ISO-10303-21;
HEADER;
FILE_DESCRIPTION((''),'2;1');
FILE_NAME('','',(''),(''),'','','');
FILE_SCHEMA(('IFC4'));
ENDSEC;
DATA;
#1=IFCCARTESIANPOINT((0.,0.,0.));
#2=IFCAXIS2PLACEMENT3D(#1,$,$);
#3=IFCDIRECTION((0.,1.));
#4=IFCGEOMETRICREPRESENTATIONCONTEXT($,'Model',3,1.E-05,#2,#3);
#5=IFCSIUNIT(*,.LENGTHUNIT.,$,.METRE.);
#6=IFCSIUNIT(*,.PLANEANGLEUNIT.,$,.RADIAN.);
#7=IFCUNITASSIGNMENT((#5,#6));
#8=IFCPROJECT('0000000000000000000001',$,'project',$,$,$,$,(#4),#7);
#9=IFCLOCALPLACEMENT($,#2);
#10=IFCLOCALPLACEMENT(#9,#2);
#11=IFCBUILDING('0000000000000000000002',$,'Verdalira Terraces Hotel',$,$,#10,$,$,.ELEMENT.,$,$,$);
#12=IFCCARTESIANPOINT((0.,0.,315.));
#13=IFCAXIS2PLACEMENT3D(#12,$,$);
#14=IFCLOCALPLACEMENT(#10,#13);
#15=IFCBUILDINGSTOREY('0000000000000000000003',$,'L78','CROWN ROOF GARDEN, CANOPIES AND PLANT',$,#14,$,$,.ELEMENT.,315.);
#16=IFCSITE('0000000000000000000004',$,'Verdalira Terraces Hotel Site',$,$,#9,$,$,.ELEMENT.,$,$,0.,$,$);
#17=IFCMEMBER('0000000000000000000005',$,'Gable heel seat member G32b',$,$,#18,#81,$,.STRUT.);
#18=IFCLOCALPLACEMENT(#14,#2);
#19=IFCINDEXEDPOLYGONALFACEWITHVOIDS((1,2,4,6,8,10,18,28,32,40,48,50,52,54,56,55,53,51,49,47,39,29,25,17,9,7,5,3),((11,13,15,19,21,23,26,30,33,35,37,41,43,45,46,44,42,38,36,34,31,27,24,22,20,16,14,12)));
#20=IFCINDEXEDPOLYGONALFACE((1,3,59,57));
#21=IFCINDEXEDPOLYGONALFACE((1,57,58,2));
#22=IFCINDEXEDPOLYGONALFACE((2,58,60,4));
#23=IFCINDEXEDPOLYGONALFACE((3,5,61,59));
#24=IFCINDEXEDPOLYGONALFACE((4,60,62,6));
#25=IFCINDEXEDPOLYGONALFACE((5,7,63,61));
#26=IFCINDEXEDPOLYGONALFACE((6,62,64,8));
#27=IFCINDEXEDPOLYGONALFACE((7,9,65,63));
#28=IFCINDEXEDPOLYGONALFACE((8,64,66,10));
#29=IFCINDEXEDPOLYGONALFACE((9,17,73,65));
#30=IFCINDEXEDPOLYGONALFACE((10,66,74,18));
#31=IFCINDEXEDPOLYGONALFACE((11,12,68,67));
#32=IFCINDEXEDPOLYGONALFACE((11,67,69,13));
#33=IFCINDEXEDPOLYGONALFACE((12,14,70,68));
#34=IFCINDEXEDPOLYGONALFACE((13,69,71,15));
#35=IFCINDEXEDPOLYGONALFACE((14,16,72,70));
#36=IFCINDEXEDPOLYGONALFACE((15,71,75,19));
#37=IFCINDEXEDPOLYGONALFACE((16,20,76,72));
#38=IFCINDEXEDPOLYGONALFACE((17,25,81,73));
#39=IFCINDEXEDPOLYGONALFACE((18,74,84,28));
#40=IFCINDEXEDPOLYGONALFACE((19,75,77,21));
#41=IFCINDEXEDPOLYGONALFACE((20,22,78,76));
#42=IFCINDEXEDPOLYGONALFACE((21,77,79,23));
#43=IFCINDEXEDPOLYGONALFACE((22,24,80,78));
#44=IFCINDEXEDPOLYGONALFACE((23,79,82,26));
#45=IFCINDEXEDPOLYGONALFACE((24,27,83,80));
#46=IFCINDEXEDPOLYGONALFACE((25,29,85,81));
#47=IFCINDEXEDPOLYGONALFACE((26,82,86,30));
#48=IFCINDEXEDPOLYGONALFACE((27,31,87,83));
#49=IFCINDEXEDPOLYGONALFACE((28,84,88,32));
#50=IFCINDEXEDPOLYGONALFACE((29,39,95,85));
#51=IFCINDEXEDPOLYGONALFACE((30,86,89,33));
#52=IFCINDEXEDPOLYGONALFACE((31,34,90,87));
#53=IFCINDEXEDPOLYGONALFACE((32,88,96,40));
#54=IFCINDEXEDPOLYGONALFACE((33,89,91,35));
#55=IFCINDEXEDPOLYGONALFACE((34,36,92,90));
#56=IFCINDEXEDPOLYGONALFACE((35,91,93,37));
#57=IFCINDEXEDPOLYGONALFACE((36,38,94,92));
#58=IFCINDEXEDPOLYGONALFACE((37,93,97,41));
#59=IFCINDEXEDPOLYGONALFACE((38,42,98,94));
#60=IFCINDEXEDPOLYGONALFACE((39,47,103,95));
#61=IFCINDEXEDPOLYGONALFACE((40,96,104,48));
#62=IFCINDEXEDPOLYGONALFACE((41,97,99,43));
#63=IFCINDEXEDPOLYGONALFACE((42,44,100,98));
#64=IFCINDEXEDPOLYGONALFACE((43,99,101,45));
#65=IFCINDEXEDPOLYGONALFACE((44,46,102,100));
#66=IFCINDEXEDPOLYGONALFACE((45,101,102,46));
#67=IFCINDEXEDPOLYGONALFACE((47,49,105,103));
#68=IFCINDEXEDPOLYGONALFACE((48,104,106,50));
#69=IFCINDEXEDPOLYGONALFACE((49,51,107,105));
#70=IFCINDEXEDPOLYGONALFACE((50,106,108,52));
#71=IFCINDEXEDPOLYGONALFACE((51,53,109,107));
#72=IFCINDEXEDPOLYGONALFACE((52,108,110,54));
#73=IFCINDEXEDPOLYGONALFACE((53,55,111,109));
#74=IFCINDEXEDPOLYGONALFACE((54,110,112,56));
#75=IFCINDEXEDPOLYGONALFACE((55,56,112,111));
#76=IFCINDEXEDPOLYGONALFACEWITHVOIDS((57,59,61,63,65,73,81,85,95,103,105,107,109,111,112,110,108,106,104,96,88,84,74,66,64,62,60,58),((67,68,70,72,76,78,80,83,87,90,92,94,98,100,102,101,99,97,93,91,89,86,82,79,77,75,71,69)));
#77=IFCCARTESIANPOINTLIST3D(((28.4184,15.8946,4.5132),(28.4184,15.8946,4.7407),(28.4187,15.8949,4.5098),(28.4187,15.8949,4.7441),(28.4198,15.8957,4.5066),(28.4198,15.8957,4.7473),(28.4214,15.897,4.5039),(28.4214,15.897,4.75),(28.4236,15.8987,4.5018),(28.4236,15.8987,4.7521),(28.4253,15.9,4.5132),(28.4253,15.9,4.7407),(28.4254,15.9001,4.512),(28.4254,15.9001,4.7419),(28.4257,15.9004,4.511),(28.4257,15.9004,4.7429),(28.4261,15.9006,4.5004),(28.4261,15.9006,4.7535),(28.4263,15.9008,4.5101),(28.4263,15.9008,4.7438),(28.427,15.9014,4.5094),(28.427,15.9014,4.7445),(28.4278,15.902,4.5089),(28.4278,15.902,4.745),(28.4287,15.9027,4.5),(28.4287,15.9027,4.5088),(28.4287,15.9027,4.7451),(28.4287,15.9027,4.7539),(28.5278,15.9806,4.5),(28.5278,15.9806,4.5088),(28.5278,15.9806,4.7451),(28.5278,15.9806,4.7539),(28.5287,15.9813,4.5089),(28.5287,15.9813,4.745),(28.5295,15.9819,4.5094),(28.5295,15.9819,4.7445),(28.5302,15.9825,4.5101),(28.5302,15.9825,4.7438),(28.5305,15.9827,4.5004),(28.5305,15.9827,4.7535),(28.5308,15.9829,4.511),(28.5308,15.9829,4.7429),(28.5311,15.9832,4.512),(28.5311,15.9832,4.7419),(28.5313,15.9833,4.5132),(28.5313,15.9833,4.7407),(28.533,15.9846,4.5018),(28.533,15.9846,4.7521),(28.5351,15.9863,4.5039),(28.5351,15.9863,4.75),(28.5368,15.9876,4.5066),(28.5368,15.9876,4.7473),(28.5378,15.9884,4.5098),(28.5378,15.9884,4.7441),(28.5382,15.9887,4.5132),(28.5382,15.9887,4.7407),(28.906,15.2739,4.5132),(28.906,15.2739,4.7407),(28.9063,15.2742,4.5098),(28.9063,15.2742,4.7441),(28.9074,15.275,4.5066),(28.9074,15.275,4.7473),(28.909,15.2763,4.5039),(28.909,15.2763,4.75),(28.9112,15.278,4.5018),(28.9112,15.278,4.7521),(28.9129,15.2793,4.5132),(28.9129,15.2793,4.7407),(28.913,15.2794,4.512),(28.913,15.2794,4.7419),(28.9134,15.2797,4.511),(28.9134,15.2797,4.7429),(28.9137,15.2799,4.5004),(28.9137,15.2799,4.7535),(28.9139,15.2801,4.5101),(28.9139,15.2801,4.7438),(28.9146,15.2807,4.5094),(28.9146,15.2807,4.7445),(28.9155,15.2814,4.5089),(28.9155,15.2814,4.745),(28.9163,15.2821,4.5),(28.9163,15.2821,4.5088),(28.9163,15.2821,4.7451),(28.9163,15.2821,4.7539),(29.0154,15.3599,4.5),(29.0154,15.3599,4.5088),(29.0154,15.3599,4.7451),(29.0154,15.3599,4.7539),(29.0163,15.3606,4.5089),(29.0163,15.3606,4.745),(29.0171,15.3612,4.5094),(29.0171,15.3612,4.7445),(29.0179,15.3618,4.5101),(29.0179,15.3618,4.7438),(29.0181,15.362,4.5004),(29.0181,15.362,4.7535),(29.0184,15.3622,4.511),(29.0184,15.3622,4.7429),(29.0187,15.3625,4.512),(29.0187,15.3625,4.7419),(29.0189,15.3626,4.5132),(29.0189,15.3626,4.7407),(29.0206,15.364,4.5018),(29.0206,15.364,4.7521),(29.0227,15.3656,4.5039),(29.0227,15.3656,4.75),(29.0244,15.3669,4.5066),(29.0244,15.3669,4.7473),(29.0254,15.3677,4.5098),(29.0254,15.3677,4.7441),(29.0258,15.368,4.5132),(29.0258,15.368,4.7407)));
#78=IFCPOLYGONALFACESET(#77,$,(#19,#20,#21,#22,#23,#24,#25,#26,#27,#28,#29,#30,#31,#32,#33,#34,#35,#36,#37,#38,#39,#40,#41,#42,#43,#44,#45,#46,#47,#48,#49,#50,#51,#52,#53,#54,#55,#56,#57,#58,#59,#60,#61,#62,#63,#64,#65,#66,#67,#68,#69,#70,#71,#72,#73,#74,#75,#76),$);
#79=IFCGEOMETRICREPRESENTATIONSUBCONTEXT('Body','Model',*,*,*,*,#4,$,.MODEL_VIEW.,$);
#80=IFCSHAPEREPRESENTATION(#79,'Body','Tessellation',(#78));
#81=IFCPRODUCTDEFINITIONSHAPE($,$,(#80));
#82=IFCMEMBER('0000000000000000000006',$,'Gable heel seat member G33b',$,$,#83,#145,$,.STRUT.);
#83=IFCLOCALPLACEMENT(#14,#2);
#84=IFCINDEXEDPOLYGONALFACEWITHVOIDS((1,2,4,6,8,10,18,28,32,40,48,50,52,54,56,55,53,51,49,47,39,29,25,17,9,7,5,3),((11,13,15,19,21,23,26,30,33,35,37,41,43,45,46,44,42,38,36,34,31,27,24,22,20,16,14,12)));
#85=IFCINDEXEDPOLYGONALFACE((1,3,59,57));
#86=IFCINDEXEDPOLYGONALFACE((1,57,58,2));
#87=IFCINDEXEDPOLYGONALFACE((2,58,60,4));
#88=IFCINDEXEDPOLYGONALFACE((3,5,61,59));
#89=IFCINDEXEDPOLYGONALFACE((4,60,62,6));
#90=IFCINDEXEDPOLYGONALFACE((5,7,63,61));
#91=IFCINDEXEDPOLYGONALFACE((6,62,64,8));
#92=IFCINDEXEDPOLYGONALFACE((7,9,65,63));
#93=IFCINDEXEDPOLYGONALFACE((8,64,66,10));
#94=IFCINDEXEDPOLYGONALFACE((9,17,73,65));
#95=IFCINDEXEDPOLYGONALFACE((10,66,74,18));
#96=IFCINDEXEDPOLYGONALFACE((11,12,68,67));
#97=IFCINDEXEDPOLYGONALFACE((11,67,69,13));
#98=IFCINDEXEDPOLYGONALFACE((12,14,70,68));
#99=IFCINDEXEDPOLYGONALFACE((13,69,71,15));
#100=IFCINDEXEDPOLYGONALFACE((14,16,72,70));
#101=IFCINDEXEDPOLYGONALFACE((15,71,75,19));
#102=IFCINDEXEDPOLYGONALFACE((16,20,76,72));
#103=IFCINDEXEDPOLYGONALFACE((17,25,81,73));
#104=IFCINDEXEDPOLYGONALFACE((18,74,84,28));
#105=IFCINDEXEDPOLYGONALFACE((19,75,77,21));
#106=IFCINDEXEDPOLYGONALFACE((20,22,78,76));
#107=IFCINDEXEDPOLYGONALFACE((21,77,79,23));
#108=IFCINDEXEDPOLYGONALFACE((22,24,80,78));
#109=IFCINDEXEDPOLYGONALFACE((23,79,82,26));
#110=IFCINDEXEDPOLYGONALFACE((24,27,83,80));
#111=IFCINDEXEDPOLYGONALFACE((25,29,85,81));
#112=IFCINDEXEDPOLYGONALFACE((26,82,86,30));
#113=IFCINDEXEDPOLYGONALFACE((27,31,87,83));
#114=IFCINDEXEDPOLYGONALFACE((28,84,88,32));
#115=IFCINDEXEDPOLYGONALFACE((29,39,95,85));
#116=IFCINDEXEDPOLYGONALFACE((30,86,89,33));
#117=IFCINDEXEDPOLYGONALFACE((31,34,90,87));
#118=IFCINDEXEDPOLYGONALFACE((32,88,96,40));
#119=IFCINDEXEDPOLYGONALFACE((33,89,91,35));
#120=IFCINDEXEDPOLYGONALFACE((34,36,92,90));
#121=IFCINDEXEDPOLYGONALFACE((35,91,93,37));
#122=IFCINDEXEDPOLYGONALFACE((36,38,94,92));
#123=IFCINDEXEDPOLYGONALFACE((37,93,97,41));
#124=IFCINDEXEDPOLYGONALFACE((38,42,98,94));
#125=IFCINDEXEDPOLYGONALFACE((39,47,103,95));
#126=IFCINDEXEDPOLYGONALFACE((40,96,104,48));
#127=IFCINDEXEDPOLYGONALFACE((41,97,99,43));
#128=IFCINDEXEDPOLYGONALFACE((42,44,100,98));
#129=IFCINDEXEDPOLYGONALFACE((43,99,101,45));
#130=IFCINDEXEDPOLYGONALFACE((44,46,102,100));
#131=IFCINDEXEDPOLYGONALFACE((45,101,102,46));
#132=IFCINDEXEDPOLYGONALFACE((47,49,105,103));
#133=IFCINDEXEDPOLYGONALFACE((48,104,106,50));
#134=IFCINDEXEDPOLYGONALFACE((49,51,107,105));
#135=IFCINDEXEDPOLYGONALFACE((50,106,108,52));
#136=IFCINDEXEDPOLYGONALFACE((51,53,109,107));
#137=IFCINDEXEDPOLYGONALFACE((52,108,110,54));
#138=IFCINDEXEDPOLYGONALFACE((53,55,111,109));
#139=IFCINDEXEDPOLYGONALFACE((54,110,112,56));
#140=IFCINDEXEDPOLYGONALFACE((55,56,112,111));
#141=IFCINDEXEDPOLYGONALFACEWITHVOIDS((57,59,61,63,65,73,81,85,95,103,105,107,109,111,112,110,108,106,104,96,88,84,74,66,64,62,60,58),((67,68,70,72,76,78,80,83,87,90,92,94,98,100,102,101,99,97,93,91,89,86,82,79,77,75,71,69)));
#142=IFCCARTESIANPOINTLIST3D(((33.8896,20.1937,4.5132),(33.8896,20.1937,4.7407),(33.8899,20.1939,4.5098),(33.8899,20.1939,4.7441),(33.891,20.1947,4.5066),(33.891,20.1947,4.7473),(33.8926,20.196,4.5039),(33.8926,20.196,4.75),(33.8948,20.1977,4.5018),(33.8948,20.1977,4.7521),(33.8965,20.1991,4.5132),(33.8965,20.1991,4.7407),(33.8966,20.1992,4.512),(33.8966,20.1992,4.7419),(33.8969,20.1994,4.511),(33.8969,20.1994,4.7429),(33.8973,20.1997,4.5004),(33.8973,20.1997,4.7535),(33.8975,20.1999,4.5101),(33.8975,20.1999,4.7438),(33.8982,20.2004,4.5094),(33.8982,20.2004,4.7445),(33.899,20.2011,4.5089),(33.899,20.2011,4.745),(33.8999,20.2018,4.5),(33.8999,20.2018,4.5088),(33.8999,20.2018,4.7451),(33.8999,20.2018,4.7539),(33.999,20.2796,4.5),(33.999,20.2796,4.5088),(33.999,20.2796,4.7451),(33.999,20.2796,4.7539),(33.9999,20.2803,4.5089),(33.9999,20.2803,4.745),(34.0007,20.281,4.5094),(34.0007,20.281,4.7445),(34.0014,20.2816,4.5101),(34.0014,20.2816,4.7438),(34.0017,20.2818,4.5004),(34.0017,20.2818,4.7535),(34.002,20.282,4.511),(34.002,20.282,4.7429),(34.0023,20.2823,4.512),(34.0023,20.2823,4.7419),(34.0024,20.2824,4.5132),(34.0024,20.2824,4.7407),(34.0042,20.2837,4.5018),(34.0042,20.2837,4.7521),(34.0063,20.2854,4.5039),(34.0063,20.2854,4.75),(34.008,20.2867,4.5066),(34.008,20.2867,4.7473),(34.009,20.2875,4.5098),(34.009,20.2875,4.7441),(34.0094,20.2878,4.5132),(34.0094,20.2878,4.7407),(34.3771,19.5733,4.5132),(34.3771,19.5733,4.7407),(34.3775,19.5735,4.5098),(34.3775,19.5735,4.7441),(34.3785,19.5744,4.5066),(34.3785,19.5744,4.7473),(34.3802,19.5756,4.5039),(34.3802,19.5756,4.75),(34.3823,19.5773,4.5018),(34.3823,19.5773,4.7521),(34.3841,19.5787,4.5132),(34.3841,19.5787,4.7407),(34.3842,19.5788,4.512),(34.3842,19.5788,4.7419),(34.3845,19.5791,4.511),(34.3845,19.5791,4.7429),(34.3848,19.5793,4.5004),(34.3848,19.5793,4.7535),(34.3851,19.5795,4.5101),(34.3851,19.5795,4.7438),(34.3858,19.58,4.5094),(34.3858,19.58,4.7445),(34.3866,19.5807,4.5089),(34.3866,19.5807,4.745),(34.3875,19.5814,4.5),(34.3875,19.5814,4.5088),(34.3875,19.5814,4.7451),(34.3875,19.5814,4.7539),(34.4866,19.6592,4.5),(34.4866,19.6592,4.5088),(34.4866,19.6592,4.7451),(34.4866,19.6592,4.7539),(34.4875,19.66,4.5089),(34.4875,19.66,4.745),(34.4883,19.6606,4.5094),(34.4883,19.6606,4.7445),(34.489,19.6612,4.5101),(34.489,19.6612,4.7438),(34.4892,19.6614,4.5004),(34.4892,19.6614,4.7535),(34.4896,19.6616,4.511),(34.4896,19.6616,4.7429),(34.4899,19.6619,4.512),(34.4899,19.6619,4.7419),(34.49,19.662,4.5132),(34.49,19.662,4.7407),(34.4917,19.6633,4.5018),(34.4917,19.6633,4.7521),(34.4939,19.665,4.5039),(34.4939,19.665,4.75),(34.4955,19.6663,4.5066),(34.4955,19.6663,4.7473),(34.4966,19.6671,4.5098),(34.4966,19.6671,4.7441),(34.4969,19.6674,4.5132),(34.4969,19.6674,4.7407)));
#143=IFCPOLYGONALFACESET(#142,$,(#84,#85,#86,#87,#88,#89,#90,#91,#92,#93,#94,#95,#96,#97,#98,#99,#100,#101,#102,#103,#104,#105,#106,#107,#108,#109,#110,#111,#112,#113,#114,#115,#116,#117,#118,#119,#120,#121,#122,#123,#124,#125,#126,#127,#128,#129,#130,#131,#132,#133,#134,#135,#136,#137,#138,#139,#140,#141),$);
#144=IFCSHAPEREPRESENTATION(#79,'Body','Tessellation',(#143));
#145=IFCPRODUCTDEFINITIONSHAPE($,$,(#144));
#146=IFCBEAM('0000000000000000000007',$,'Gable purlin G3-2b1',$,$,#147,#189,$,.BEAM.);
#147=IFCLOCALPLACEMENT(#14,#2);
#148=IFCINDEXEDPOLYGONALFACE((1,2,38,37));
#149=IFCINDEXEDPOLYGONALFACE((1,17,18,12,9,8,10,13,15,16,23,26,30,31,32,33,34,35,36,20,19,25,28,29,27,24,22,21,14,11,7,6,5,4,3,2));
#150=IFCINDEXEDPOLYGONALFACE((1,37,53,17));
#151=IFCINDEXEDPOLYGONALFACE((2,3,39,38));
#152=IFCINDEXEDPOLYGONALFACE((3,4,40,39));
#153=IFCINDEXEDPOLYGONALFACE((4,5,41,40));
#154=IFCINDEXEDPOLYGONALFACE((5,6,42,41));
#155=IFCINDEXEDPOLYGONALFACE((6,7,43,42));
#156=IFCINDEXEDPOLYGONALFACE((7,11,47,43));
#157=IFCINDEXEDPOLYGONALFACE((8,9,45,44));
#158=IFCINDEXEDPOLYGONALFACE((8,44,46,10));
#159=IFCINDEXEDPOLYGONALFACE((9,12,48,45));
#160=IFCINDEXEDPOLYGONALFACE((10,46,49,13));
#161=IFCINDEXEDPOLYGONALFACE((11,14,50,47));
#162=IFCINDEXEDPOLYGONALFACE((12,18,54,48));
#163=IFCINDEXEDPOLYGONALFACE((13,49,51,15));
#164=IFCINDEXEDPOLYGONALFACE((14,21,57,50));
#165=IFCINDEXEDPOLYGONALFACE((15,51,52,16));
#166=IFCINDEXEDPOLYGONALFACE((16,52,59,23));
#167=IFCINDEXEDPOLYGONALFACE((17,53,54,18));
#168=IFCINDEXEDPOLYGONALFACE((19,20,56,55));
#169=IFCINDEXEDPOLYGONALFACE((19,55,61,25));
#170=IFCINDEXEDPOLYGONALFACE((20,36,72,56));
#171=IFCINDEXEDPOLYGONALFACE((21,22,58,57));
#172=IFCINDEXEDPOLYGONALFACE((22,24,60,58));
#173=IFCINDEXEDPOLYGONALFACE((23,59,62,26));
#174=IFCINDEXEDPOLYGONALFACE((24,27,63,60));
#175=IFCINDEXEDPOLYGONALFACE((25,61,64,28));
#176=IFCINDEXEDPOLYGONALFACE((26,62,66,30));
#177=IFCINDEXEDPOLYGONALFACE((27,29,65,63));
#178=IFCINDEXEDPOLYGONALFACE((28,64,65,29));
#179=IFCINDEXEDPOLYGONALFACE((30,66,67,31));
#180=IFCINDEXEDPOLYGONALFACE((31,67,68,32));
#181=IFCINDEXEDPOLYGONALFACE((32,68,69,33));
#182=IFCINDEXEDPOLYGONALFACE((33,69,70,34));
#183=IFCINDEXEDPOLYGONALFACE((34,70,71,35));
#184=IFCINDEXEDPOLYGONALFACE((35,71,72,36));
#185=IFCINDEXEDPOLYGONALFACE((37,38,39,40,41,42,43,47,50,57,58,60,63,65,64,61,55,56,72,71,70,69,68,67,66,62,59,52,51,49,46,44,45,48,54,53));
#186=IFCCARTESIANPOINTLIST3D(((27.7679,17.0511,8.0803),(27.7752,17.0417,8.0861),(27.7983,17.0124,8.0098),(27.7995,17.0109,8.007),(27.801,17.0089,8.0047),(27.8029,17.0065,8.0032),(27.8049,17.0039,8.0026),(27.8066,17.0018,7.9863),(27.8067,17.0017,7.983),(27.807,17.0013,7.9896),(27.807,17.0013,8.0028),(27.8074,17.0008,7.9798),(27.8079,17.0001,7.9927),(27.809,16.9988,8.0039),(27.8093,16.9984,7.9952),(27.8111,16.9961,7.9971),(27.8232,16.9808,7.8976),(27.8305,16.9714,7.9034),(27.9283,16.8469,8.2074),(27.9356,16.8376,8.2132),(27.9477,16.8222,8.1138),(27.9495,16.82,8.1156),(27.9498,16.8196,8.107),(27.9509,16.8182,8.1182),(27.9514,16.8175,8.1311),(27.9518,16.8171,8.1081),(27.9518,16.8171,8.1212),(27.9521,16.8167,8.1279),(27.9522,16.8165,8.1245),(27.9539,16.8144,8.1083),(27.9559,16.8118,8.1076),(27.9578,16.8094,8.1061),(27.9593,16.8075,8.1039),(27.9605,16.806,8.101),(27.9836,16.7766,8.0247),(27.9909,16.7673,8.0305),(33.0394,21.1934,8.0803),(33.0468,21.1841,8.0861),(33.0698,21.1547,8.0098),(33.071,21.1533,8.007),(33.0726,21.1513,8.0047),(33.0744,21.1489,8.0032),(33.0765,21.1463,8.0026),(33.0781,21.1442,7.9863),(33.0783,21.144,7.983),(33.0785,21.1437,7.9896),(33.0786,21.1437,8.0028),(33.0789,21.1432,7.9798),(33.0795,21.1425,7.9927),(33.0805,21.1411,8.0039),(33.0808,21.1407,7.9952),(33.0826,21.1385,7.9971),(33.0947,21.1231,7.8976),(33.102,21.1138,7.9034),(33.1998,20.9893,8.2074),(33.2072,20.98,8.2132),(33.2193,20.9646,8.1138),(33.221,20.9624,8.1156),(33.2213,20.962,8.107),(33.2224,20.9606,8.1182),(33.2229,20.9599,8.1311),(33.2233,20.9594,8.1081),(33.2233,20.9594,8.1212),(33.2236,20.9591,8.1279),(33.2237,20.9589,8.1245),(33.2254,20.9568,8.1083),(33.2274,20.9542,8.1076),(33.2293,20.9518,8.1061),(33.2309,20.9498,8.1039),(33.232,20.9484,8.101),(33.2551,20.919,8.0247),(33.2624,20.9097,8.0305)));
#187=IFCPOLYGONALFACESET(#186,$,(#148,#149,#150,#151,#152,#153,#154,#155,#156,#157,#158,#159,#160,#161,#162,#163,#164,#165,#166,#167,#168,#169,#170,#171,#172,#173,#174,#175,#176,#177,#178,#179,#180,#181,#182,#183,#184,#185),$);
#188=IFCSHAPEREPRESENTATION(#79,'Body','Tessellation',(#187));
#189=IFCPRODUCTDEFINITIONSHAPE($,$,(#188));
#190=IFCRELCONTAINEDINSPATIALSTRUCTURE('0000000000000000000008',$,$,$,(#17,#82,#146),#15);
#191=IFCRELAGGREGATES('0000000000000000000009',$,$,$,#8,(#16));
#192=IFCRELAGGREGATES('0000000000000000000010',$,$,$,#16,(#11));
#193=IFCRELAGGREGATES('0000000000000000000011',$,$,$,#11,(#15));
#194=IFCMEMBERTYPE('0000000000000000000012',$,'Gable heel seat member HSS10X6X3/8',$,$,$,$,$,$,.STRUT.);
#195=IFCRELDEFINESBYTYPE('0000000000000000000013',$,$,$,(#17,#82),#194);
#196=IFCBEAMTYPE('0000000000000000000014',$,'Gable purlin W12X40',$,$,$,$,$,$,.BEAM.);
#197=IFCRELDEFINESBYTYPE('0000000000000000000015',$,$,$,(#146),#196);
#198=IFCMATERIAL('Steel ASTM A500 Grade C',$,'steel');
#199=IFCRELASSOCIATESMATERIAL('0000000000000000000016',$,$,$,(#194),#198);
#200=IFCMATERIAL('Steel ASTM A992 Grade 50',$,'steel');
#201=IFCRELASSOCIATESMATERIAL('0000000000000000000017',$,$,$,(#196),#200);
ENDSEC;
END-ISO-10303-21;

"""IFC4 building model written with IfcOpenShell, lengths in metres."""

from ifc_helpers import new_model, si_unit, direction, frame, origin, origin_2d, place, context, subcontext, project, spatial, hollow_rectangle, i_section, extrude, material, material_profile, profile_set, type_object, element, save


model = new_model("IFC4")

# Units and contexts
model_context = context("Model", 3, precision=1e-05, world=origin(), true_north=direction((0.0, 1.0)))
body_context = subcontext(model_context, "Body", "Model", "MODEL_VIEW")
ifc_project = project(units=[si_unit("LENGTHUNIT", "METRE"), si_unit("PLANEANGLEUNIT", "RADIAN")], contexts=[model_context])

# Site, building, storey
site_placement = place(None, origin())
site = spatial("IfcSite", under=ifc_project, at=site_placement, Name="Verdalira Terraces Hotel Site", CompositionType="ELEMENT", RefElevation=0.0)
building_placement = place(site_placement, origin())
building = spatial("IfcBuilding", under=site, at=building_placement, Name="Verdalira Terraces Hotel", CompositionType="ELEMENT")
storey_placement = place(building_placement, frame((0.0, 0.0, 315.0)))
storey = spatial("IfcBuildingStorey", under=building, at=storey_placement, Name="L78", Description="CROWN ROOF GARDEN, CANOPIES AND PLANT", CompositionType="ELEMENT", Elevation=315.0)

# Members
ifc_material_1 = material(Name="Steel ASTM A500 Grade C", Category="steel")
ifc_material_profile_1 = material_profile(ifc_material_1, hollow_rectangle(XDim=0.1523, YDim=0.2539, WallThickness=0.0088, InnerFilletRadius=0.0044, OuterFilletRadius=0.0132, at=origin_2d()), Name="HSS10X6X3/8")
ifc_profile_set_1 = profile_set([ifc_material_profile_1], Name="Steel ASTM A500 Grade C")
member_type_1 = type_object("IfcMemberType", Name="Gable heel seat member HSS10X6X3/8", PredefinedType="STRUT", material=ifc_profile_set_1)
member_1_placement = place(storey_placement, frame((28.4783, 15.9416, 4.627), z_axis=(0.617767, -0.786361, 0.0), x_axis=(0.786361, 0.617767, 0.0)))
element("IfcMember", 1, at=member_1_placement, inside=storey, type_object=member_type_1, Name="Gable heel seat member G32b", PredefinedType="STRUT", context=body_context, shape_type="SweptSolid", body=[
    extrude(hollow_rectangle(XDim=0.1523, YDim=0.2539, WallThickness=0.0088, InnerFilletRadius=0.0044, OuterFilletRadius=0.0132, at=origin_2d()), origin(), (0.0, 0.0, 1.0), 0.7893),
])
member_2_placement = place(storey_placement, frame((33.9495, 20.2407, 4.627), z_axis=(0.617917, -0.786243, 0.0), x_axis=(0.786243, 0.617917, 0.0)))
element("IfcMember", 2, at=member_2_placement, inside=storey, type_object=member_type_1, Name="Gable heel seat member G33b", PredefinedType="STRUT", context=body_context, shape_type="SweptSolid", body=[
    extrude(hollow_rectangle(XDim=0.1523, YDim=0.2539, WallThickness=0.0088, InnerFilletRadius=0.0044, OuterFilletRadius=0.0132, at=origin_2d()), origin(), (0.0, 0.0, 1.0), 0.7891),
])

# Beam
ifc_material_2 = material(Name="Steel ASTM A992 Grade 50", Category="steel")
ifc_material_profile_2 = material_profile(ifc_material_2, i_section(OverallWidth=0.2034, OverallDepth=0.3022, WebThickness=0.0076, FlangeThickness=0.0132, FilletRadius=0.0129, at=origin_2d()), Name="W12X40")
ifc_profile_set_2 = profile_set([ifc_material_profile_2], Name="Steel ASTM A992 Grade 50")
beam_type_1 = type_object("IfcBeamType", Name="Gable purlin W12X40", PredefinedType="BEAM", material=ifc_profile_set_2)
for number, where, z_axis, x_axis, name in (
    (3, (27.8794, 16.9092, 8.0554), (0.786285, 0.617863, 0.0), (-0.271662, 0.345713, 0.898155), "Gable purlin G3-2b1"),
):
    element("IfcBeam", number, at=place(storey_placement, frame(where, z_axis=z_axis, x_axis=x_axis)), inside=storey, type_object=beam_type_1, Name=name, PredefinedType="BEAM", context=body_context, shape_type="SweptSolid", body=[
        extrude(i_section(OverallWidth=0.2034, OverallDepth=0.3022, WebThickness=0.0076, FlangeThickness=0.0132, FilletRadius=0.0129, at=origin_2d()), origin(), (0.0, 0.0, 1.0), 6.7043),
    ])

save(model, "model.ifc")
